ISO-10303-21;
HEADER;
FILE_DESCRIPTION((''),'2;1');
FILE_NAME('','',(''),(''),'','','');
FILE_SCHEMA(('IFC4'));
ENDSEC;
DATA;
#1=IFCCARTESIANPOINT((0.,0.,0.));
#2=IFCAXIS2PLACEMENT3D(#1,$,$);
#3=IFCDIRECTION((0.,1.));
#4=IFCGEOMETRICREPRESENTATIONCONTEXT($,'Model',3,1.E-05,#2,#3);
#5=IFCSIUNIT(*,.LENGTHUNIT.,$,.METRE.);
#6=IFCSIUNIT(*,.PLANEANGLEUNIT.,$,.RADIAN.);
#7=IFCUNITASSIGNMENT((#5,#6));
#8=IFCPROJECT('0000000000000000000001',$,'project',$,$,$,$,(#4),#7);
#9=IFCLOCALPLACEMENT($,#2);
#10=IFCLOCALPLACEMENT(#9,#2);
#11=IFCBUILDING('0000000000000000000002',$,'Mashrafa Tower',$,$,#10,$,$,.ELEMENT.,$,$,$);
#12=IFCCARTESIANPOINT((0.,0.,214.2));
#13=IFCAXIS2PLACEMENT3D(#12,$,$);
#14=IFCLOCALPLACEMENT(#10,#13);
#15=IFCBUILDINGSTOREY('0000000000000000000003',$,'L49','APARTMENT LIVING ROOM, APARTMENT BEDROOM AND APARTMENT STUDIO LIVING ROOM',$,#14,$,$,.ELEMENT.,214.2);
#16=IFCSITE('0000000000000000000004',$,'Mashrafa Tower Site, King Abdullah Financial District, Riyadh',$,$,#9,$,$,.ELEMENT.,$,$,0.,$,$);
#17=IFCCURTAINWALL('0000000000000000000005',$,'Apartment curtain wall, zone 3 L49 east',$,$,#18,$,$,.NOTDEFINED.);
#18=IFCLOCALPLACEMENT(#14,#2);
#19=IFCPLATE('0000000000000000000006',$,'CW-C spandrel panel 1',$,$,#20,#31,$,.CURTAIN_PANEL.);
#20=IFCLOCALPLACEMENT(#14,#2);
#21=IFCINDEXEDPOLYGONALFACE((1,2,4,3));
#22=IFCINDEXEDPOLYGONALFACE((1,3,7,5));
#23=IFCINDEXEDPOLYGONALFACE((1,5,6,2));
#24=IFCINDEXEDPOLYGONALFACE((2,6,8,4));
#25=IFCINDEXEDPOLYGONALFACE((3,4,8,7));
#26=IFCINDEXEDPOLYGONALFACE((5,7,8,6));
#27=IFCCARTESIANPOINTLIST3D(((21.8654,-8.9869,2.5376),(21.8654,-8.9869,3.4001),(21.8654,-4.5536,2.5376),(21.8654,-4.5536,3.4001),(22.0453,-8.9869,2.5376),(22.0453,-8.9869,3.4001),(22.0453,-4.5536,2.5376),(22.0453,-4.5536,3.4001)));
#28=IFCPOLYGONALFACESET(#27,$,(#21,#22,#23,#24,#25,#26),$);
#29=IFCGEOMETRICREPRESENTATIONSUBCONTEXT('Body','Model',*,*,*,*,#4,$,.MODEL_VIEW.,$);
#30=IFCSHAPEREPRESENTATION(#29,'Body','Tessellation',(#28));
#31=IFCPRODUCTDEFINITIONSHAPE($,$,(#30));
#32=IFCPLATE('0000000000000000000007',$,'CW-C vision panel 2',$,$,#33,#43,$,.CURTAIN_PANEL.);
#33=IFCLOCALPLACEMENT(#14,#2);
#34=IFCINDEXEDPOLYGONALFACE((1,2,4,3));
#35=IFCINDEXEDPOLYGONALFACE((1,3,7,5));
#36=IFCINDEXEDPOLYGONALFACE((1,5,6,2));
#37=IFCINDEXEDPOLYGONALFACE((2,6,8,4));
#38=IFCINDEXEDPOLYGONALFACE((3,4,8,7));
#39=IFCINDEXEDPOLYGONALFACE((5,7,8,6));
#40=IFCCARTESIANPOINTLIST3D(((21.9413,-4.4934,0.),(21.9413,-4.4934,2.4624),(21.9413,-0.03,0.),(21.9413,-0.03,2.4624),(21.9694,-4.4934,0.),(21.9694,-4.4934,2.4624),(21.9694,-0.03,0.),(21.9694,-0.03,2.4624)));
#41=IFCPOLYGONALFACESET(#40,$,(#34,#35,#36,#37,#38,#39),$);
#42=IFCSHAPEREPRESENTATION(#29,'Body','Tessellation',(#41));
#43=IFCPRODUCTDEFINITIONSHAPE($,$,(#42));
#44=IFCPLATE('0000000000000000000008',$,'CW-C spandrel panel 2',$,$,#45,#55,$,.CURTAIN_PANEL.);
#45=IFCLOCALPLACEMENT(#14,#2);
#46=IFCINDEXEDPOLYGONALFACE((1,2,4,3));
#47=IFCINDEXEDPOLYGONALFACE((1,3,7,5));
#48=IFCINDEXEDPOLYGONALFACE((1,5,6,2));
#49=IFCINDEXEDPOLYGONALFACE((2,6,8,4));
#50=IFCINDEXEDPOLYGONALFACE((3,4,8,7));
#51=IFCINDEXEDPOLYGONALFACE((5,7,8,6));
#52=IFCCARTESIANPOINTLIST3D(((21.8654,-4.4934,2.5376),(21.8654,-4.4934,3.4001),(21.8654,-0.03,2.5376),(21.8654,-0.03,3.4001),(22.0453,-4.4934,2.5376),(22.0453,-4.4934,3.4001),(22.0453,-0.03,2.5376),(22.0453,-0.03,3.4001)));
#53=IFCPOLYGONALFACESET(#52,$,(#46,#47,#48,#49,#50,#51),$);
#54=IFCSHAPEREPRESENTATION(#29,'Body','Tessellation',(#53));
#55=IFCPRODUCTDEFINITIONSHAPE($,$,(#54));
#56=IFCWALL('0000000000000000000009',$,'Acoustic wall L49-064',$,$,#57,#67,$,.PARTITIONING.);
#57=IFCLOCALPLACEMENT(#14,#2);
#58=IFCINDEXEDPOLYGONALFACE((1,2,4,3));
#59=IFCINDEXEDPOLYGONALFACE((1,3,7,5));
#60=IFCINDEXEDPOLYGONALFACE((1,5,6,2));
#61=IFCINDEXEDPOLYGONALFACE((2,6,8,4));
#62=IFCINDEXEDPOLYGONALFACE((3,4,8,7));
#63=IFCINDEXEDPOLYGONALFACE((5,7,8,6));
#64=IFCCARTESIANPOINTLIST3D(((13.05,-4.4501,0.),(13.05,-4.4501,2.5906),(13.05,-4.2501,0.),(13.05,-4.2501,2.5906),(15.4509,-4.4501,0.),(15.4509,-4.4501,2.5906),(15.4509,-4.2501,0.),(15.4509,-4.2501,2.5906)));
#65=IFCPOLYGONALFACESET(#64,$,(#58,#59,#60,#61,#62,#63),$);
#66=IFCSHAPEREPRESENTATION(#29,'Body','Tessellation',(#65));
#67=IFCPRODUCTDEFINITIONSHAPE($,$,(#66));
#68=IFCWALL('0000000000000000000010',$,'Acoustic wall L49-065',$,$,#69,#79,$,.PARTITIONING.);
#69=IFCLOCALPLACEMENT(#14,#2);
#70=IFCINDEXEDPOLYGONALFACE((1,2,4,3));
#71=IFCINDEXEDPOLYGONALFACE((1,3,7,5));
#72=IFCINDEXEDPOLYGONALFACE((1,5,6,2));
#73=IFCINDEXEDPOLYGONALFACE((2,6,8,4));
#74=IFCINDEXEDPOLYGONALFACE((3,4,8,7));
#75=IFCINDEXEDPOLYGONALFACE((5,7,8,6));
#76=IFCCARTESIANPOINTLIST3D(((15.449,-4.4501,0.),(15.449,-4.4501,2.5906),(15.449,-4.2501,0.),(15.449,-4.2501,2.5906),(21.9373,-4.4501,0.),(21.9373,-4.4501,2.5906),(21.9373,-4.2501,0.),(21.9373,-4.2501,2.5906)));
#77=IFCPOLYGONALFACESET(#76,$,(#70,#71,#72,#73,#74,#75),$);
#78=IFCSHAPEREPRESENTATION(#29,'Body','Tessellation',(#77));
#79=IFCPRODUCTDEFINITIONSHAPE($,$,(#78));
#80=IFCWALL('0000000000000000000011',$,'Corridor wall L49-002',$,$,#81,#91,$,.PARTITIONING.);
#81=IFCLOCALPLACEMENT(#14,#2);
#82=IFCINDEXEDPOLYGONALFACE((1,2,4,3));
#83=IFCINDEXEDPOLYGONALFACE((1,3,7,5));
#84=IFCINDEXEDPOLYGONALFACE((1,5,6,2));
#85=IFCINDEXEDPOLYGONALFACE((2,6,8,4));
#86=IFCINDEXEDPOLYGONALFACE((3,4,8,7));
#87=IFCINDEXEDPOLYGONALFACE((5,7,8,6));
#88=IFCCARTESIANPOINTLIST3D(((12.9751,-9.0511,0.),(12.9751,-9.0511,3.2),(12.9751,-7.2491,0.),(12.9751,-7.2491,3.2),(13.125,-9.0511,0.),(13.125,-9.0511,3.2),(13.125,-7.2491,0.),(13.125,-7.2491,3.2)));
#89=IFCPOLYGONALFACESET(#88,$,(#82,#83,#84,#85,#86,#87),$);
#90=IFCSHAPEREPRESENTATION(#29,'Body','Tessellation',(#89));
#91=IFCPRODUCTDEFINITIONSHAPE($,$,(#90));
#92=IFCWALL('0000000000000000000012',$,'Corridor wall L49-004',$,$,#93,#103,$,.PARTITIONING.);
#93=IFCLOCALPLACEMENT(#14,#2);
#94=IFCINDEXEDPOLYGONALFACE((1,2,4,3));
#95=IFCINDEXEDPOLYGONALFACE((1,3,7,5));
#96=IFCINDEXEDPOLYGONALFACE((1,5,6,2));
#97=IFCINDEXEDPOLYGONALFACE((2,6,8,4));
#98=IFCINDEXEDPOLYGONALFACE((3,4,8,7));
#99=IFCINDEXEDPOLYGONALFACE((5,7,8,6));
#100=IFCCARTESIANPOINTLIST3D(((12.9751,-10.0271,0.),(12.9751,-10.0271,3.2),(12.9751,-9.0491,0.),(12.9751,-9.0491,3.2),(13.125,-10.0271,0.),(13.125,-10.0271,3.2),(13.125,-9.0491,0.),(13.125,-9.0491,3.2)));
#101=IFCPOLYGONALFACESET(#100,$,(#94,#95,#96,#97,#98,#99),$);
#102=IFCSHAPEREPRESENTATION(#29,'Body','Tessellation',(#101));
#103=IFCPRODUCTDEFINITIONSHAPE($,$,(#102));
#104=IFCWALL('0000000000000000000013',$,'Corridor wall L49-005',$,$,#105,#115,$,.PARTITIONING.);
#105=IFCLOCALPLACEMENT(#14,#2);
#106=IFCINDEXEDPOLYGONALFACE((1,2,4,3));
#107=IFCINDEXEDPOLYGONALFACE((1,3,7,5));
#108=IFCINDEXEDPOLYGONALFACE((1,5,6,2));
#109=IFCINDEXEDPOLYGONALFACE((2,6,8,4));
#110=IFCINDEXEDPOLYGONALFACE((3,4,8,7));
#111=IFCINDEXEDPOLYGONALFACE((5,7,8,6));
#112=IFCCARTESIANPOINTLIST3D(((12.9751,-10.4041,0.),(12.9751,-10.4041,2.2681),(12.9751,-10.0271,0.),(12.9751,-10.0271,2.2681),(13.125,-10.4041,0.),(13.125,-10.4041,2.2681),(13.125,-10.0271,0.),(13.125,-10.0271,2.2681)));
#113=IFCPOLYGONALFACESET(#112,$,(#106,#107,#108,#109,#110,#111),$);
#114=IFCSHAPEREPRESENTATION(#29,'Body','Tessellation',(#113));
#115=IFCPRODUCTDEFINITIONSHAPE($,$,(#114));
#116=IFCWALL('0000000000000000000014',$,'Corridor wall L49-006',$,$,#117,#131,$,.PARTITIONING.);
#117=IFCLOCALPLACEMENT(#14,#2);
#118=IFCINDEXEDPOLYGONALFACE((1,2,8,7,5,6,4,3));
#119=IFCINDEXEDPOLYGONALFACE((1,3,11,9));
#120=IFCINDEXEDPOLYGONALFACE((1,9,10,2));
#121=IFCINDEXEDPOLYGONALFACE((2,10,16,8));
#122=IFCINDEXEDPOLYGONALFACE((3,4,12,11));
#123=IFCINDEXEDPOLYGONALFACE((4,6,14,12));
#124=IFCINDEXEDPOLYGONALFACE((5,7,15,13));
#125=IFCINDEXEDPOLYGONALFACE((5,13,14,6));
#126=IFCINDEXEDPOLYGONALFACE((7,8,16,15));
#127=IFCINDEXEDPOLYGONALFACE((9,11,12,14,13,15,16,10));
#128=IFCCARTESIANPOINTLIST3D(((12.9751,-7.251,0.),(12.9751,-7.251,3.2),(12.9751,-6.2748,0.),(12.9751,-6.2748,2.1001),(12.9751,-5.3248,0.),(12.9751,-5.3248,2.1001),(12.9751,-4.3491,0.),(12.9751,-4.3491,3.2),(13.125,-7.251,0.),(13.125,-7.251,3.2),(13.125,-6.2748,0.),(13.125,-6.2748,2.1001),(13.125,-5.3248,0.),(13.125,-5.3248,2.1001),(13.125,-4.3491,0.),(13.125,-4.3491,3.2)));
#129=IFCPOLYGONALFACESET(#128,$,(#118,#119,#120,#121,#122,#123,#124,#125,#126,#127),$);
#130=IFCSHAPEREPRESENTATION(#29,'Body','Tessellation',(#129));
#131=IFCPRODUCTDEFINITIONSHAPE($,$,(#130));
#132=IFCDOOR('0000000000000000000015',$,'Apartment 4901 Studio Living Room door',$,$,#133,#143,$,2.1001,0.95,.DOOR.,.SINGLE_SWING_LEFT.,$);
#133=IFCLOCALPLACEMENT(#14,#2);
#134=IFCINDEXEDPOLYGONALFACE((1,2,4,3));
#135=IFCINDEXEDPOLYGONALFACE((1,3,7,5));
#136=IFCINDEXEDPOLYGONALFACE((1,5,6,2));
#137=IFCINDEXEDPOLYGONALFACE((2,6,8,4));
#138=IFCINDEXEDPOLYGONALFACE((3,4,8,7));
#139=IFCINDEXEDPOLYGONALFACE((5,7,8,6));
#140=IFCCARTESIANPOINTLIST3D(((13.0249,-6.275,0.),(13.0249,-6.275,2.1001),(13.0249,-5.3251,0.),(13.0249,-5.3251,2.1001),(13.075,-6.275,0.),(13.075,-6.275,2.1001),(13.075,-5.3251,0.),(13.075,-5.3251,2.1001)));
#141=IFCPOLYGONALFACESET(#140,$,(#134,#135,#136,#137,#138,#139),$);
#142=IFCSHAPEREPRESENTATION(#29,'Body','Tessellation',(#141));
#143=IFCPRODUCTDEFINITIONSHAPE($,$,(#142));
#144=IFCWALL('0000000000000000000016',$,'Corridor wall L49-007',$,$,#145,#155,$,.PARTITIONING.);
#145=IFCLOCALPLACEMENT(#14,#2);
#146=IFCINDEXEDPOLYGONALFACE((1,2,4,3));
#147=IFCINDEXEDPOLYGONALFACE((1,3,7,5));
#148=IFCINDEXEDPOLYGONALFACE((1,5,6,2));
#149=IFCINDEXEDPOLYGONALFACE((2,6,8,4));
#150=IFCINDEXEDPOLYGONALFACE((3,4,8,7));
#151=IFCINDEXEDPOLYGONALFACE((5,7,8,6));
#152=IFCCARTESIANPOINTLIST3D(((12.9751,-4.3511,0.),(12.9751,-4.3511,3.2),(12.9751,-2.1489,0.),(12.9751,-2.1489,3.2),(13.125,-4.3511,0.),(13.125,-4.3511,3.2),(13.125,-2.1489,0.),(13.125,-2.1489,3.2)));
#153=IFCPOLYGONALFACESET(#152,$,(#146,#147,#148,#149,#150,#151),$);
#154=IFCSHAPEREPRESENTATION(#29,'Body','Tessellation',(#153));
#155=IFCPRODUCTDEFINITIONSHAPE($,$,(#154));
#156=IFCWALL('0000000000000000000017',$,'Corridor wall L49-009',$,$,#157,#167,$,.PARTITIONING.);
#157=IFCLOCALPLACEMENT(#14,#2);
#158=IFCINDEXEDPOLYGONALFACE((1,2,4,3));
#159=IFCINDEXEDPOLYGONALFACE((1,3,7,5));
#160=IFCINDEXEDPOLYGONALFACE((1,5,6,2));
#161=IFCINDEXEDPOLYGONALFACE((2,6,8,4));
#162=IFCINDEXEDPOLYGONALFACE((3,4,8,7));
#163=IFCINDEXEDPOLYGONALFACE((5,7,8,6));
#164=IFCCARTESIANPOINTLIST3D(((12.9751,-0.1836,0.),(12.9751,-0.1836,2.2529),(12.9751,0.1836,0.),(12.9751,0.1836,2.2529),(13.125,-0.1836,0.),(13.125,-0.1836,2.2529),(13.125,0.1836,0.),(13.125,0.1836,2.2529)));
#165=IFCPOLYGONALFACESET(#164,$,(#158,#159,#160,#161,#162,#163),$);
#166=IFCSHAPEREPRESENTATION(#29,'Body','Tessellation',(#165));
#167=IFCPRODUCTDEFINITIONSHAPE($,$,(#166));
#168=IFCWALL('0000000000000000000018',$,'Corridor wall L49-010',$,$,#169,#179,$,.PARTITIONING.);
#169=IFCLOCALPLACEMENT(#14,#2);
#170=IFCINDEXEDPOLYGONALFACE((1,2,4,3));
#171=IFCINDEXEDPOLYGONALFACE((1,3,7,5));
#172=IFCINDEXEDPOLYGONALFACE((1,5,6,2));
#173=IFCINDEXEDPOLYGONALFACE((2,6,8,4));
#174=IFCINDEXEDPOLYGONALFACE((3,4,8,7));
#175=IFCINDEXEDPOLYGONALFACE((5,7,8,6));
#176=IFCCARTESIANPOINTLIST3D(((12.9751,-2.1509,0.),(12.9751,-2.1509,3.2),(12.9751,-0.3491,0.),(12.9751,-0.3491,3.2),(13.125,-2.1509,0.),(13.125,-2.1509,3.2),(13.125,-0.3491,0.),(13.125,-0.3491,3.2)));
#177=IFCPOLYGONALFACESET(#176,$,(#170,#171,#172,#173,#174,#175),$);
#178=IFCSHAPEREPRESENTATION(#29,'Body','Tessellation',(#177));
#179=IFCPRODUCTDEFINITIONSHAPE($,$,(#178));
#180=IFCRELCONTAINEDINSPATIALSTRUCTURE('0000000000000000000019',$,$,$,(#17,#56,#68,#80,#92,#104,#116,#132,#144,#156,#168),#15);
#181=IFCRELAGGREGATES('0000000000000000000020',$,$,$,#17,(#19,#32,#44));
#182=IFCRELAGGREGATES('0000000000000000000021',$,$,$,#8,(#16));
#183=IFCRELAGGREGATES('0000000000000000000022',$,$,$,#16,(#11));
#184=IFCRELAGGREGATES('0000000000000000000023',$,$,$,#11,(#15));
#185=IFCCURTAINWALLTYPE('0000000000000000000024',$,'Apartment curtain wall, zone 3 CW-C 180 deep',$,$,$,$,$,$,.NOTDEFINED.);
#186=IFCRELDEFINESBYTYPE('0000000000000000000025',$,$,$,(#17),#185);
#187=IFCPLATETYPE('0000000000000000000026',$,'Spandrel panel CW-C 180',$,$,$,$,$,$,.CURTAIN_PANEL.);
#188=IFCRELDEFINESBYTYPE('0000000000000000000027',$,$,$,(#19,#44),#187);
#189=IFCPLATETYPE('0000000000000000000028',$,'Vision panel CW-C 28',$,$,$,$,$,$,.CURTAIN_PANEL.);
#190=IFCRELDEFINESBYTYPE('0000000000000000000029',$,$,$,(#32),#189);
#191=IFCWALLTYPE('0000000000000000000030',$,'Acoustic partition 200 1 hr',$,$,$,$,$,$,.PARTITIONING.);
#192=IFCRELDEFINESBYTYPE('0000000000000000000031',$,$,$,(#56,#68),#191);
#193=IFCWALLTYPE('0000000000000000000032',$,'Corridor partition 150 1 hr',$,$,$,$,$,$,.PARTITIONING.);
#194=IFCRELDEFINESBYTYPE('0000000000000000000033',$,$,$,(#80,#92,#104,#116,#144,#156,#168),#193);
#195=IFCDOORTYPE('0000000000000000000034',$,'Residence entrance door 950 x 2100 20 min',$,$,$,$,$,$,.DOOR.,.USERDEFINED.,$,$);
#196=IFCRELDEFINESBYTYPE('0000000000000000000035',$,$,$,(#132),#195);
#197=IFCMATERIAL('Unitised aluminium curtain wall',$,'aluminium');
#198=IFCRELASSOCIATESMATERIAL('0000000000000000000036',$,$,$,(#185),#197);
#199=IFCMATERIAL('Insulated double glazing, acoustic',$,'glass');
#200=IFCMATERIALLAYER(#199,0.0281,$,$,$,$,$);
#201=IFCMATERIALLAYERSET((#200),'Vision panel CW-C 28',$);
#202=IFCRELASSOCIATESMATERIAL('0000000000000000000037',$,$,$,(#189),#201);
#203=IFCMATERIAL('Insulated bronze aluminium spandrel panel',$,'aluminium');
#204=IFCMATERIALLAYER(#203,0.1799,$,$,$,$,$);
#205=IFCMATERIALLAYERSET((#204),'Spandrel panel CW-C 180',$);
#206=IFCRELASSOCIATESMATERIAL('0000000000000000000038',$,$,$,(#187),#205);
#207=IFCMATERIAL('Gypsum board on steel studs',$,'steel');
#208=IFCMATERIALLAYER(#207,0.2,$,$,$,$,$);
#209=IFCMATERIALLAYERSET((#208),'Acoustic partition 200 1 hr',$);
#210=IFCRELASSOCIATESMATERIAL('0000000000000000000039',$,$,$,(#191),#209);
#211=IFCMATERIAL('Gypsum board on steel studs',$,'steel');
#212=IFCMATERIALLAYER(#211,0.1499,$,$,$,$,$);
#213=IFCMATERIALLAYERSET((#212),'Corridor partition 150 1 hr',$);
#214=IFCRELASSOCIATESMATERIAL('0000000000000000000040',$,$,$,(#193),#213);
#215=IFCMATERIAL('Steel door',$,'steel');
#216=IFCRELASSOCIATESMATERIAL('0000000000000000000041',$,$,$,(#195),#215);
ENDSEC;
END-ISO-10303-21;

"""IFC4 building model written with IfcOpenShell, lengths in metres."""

from ifc_helpers import new_model, si_unit, direction, frame, frame_2d, origin, origin_2d, place, context, subcontext, project, spatial, rectangle, extrude, source, transform, mapped, material, layer, layer_set, type_object, type_shapes, element, fill, aggregate, save


model = new_model("IFC4")

# Units and contexts
model_context = context("Model", 3, precision=1e-05, world=origin(), true_north=direction((0.0, 1.0)))
body_context = subcontext(model_context, "Body", "Model", "MODEL_VIEW")
ifc_project = project(units=[si_unit("LENGTHUNIT", "METRE"), si_unit("PLANEANGLEUNIT", "RADIAN")], contexts=[model_context])

# Site, building, storey
site_placement = place(None, origin())
site = spatial("IfcSite", under=ifc_project, at=site_placement, Name="Mashrafa Tower Site, King Abdullah Financial District, Riyadh", CompositionType="ELEMENT", RefElevation=0.0)
building_placement = place(site_placement, origin())
building = spatial("IfcBuilding", under=site, at=building_placement, Name="Mashrafa Tower", CompositionType="ELEMENT")
storey_placement = place(building_placement, frame((0.0, 0.0, 214.2)))
storey = spatial("IfcBuildingStorey", under=building, at=storey_placement, Name="L49", Description="APARTMENT LIVING ROOM, APARTMENT BEDROOM AND APARTMENT STUDIO LIVING ROOM", CompositionType="ELEMENT", Elevation=214.2)

# Curtain wall
ifc_material_1 = material(Name="Unitised aluminium curtain wall", Category="aluminium")
curtain_wall_type = type_object("IfcCurtainWallType", Name="Apartment curtain wall, zone 3 CW-C 180 deep", PredefinedType="NOTDEFINED", material=ifc_material_1)
curtain_wall_1_placement = place(storey_placement, origin())
curtain_wall_1 = element("IfcCurtainWall", 1, at=curtain_wall_1_placement, inside=storey, type_object=curtain_wall_type, Name="Apartment curtain wall, zone 3 L49 east", PredefinedType="NOTDEFINED")

# Plates
ifc_material_2 = material(Name="Insulated double glazing, acoustic", Category="glass")
ifc_layer_1 = layer(ifc_material_2, 0.0281)
ifc_layer_set_1 = layer_set([ifc_layer_1], Name="Vision panel CW-C 28")
plate_type_1 = type_object("IfcPlateType", Name="Vision panel CW-C 28", PredefinedType="CURTAIN_PANEL", material=ifc_layer_set_1)
ifc_material_3 = material(Name="Insulated bronze aluminium spandrel panel", Category="aluminium")
ifc_layer_2 = layer(ifc_material_3, 0.1799)
ifc_layer_set_2 = layer_set([ifc_layer_2], Name="Spandrel panel CW-C 180")
plate_type_2 = type_object("IfcPlateType", Name="Spandrel panel CW-C 180", PredefinedType="CURTAIN_PANEL", material=ifc_layer_set_2)
shared_shape_1 = source(origin(), body_context, "Body", "SweptSolid", [
    extrude(rectangle(XDim=4.4333, YDim=0.1799, at=origin_2d()), origin(), (0.0, 0.0, 1.0), 0.8625),
])
plate_1_placement = place(storey_placement, frame((21.9553, -6.7703, 2.5376), z_axis=(0.0, 0.0, 1.0), x_axis=(0.0, 1.0, 0.0)))
plate_1 = element("IfcPlate", 2, at=plate_1_placement, type_object=plate_type_2, Name="CW-C spandrel panel 1", PredefinedType="CURTAIN_PANEL", context=body_context, shape_type="MappedRepresentation", body=[
    mapped(shared_shape_1, transform((0.0, 0.0, 0.0))),
])
shared_shape_2 = source(origin(), body_context, "Body", "SweptSolid", [
    extrude(rectangle(XDim=4.4634, YDim=0.0281, at=origin_2d()), origin(), (0.0, 0.0, 1.0), 2.4624),
])
plate_2_placement = place(storey_placement, frame((21.9553, -2.2617, 0.0), z_axis=(0.0, 0.0, 1.0), x_axis=(0.0, 1.0, 0.0)))
plate_2 = element("IfcPlate", 3, at=plate_2_placement, type_object=plate_type_1, Name="CW-C vision panel 2", PredefinedType="CURTAIN_PANEL", context=body_context, shape_type="MappedRepresentation", body=[
    mapped(shared_shape_2, transform((0.0, 0.0, 0.0))),
])
shared_shape_3 = source(origin(), body_context, "Body", "SweptSolid", [
    extrude(rectangle(XDim=4.4634, YDim=0.1799, at=origin_2d()), origin(), (0.0, 0.0, 1.0), 0.8625),
])
type_shapes(plate_type_2, [shared_shape_1, shared_shape_3])
plate_3_placement = place(storey_placement, frame((21.9553, -2.2617, 2.5376), z_axis=(0.0, 0.0, 1.0), x_axis=(0.0, 1.0, 0.0)))
plate_3 = element("IfcPlate", 4, at=plate_3_placement, type_object=plate_type_2, Name="CW-C spandrel panel 2", PredefinedType="CURTAIN_PANEL", context=body_context, shape_type="MappedRepresentation", body=[
    mapped(shared_shape_3, transform((0.0, 0.0, 0.0))),
])
aggregate(curtain_wall_1, [plate_1, plate_2, plate_3])

# Walls
ifc_material_4 = material(Name="Gypsum board on steel studs", Category="steel")
ifc_layer_3 = layer(ifc_material_4, 0.2)
ifc_layer_set_3 = layer_set([ifc_layer_3], Name="Acoustic partition 200 1 hr")
wall_type_1 = type_object("IfcWallType", Name="Acoustic partition 200 1 hr", PredefinedType="PARTITIONING", material=ifc_layer_set_3)
wall_1_placement = place(storey_placement, frame((15.4509, -4.3501, 0.0), z_axis=(0.0, 0.0, 1.0), x_axis=(-1.0, 0.0, 0.0)))
element("IfcWall", 5, at=wall_1_placement, inside=storey, type_object=wall_type_1, Name="Acoustic wall L49-064", PredefinedType="PARTITIONING", context=body_context, shape_type="SweptSolid", body=[
    extrude(rectangle(XDim=2.4009, YDim=0.2, at=frame_2d((1.2004, 0.0))), origin(), (0.0, 0.0, 1.0), 2.5906),
])
wall_2_placement = place(storey_placement, frame((21.9373, -4.3501, 0.0), z_axis=(0.0, 0.0, 1.0), x_axis=(-1.0, 0.0, 0.0)))
element("IfcWall", 6, at=wall_2_placement, inside=storey, type_object=wall_type_1, Name="Acoustic wall L49-065", PredefinedType="PARTITIONING", context=body_context, shape_type="SweptSolid", body=[
    extrude(rectangle(XDim=6.4883, YDim=0.2, at=frame_2d((3.2441, 0.0))), origin(), (0.0, 0.0, 1.0), 2.5906),
])
ifc_material_5 = material(Name="Gypsum board on steel studs", Category="steel")
ifc_layer_4 = layer(ifc_material_5, 0.1499)
ifc_layer_set_4 = layer_set([ifc_layer_4], Name="Corridor partition 150 1 hr")
wall_type_2 = type_object("IfcWallType", Name="Corridor partition 150 1 hr", PredefinedType="PARTITIONING", material=ifc_layer_set_4)
wall_3_placement = place(storey_placement, frame((13.05, -9.051, 0.0), z_axis=(0.0, 0.0, 1.0), x_axis=(0.0, 1.0, 0.0)))
element("IfcWall", 7, at=wall_3_placement, inside=storey, type_object=wall_type_2, Name="Corridor wall L49-002", PredefinedType="PARTITIONING", context=body_context, shape_type="SweptSolid", body=[
    extrude(rectangle(XDim=1.802, YDim=0.1499, at=frame_2d((0.9009, 0.0))), origin(), (0.0, 0.0, 1.0), 3.2),
])
wall_4_placement = place(storey_placement, frame((13.05, -10.0271, 0.0), z_axis=(0.0, 0.0, 1.0), x_axis=(0.0, 1.0, 0.0)))
element("IfcWall", 8, at=wall_4_placement, inside=storey, type_object=wall_type_2, Name="Corridor wall L49-004", PredefinedType="PARTITIONING", context=body_context, shape_type="SweptSolid", body=[
    extrude(rectangle(XDim=0.978, YDim=0.1499, at=frame_2d((0.489, 0.0))), origin(), (0.0, 0.0, 1.0), 3.2),
])
wall_5_placement = place(storey_placement, frame((13.05, -10.4041, 0.0), z_axis=(0.0, 0.0, 1.0), x_axis=(0.0, 1.0, 0.0)))
element("IfcWall", 9, at=wall_5_placement, inside=storey, type_object=wall_type_2, Name="Corridor wall L49-005", PredefinedType="PARTITIONING", context=body_context, shape_type="SweptSolid", body=[
    extrude(rectangle(XDim=0.377, YDim=0.1499, at=frame_2d((0.1885, 0.0))), origin(), (0.0, 0.0, 1.0), 2.2681),
])

# Wall, opening, door
wall_6_placement = place(storey_placement, frame((13.05, -7.251, 0.0), z_axis=(0.0, 0.0, 1.0), x_axis=(0.0, 1.0, 0.0)))
wall_6 = element("IfcWall", 10, at=wall_6_placement, inside=storey, type_object=wall_type_2, Name="Corridor wall L49-006", PredefinedType="PARTITIONING", context=body_context, shape_type="SweptSolid", body=[
    extrude(rectangle(XDim=2.9019, YDim=0.1499, at=frame_2d((1.4509, 0.0))), origin(), (0.0, 0.0, 1.0), 3.2),
])
opening_1_placement = place(wall_6_placement, frame((0.9761, 0.0, 0.0)))
opening_1 = element("IfcOpeningElement", 11, at=opening_1_placement, cuts=wall_6, PredefinedType="OPENING", context=body_context, shape_type="SweptSolid", body=[
    extrude(rectangle(XDim=0.95, YDim=2.1001, at=frame_2d((0.4751, 1.05))), frame((0.0, 0.085, 0.0), z_axis=(0.0, -1.0, 0.0), x_axis=(1.0, 0.0, 0.0)), (0.0, 0.0, 1.0), 0.1699),
])
ifc_material_6 = material(Name="Steel door", Category="steel")
door_type_1 = type_object("IfcDoorType", Name="Residence entrance door 950 x 2100 20 min", OperationType="USERDEFINED", PredefinedType="DOOR", material=ifc_material_6)
door_1_placement = place(opening_1_placement, frame((0.95, 0.0, 0.0), z_axis=(0.0, 0.0, 1.0), x_axis=(-1.0, 0.0, 0.0)))
door_1 = element("IfcDoor", 12, at=door_1_placement, inside=storey, type_object=door_type_1, Name="Apartment 4901 Studio Living Room door", OperationType="SINGLE_SWING_LEFT", OverallHeight=2.1001, OverallWidth=0.95, PredefinedType="DOOR", context=body_context, shape_type="SweptSolid", body=[
    extrude(rectangle(XDim=0.95, YDim=2.1001, at=frame_2d((0.4751, 1.05))), frame((0.0, 0.0249, 0.0), z_axis=(0.0, -1.0, 0.0), x_axis=(1.0, 0.0, 0.0)), (0.0, 0.0, 1.0), 0.05),
])
fill(opening_1, door_1)

# Walls
wall_7_placement = place(storey_placement, frame((13.05, -4.3511, 0.0), z_axis=(0.0, 0.0, 1.0), x_axis=(0.0, 1.0, 0.0)))
element("IfcWall", 13, at=wall_7_placement, inside=storey, type_object=wall_type_2, Name="Corridor wall L49-007", PredefinedType="PARTITIONING", context=body_context, shape_type="SweptSolid", body=[
    extrude(rectangle(XDim=2.2021, YDim=0.1499, at=frame_2d((1.1011, 0.0))), origin(), (0.0, 0.0, 1.0), 3.2),
])
wall_8_placement = place(storey_placement, frame((13.05, -0.1836, 0.0), z_axis=(0.0, 0.0, 1.0), x_axis=(0.0, 1.0, 0.0)))
element("IfcWall", 14, at=wall_8_placement, inside=storey, type_object=wall_type_2, Name="Corridor wall L49-009", PredefinedType="PARTITIONING", context=body_context, shape_type="SweptSolid", body=[
    extrude(rectangle(XDim=0.3672, YDim=0.1499, at=frame_2d((0.1836, 0.0))), origin(), (0.0, 0.0, 1.0), 2.2529),
])
wall_9_placement = place(storey_placement, frame((13.05, -2.1509, 0.0), z_axis=(0.0, 0.0, 1.0), x_axis=(0.0, 1.0, 0.0)))
element("IfcWall", 15, at=wall_9_placement, inside=storey, type_object=wall_type_2, Name="Corridor wall L49-010", PredefinedType="PARTITIONING", context=body_context, shape_type="SweptSolid", body=[
    extrude(rectangle(XDim=1.8018, YDim=0.1499, at=frame_2d((0.9009, 0.0))), origin(), (0.0, 0.0, 1.0), 3.2),
])

save(model, "model.ifc")
